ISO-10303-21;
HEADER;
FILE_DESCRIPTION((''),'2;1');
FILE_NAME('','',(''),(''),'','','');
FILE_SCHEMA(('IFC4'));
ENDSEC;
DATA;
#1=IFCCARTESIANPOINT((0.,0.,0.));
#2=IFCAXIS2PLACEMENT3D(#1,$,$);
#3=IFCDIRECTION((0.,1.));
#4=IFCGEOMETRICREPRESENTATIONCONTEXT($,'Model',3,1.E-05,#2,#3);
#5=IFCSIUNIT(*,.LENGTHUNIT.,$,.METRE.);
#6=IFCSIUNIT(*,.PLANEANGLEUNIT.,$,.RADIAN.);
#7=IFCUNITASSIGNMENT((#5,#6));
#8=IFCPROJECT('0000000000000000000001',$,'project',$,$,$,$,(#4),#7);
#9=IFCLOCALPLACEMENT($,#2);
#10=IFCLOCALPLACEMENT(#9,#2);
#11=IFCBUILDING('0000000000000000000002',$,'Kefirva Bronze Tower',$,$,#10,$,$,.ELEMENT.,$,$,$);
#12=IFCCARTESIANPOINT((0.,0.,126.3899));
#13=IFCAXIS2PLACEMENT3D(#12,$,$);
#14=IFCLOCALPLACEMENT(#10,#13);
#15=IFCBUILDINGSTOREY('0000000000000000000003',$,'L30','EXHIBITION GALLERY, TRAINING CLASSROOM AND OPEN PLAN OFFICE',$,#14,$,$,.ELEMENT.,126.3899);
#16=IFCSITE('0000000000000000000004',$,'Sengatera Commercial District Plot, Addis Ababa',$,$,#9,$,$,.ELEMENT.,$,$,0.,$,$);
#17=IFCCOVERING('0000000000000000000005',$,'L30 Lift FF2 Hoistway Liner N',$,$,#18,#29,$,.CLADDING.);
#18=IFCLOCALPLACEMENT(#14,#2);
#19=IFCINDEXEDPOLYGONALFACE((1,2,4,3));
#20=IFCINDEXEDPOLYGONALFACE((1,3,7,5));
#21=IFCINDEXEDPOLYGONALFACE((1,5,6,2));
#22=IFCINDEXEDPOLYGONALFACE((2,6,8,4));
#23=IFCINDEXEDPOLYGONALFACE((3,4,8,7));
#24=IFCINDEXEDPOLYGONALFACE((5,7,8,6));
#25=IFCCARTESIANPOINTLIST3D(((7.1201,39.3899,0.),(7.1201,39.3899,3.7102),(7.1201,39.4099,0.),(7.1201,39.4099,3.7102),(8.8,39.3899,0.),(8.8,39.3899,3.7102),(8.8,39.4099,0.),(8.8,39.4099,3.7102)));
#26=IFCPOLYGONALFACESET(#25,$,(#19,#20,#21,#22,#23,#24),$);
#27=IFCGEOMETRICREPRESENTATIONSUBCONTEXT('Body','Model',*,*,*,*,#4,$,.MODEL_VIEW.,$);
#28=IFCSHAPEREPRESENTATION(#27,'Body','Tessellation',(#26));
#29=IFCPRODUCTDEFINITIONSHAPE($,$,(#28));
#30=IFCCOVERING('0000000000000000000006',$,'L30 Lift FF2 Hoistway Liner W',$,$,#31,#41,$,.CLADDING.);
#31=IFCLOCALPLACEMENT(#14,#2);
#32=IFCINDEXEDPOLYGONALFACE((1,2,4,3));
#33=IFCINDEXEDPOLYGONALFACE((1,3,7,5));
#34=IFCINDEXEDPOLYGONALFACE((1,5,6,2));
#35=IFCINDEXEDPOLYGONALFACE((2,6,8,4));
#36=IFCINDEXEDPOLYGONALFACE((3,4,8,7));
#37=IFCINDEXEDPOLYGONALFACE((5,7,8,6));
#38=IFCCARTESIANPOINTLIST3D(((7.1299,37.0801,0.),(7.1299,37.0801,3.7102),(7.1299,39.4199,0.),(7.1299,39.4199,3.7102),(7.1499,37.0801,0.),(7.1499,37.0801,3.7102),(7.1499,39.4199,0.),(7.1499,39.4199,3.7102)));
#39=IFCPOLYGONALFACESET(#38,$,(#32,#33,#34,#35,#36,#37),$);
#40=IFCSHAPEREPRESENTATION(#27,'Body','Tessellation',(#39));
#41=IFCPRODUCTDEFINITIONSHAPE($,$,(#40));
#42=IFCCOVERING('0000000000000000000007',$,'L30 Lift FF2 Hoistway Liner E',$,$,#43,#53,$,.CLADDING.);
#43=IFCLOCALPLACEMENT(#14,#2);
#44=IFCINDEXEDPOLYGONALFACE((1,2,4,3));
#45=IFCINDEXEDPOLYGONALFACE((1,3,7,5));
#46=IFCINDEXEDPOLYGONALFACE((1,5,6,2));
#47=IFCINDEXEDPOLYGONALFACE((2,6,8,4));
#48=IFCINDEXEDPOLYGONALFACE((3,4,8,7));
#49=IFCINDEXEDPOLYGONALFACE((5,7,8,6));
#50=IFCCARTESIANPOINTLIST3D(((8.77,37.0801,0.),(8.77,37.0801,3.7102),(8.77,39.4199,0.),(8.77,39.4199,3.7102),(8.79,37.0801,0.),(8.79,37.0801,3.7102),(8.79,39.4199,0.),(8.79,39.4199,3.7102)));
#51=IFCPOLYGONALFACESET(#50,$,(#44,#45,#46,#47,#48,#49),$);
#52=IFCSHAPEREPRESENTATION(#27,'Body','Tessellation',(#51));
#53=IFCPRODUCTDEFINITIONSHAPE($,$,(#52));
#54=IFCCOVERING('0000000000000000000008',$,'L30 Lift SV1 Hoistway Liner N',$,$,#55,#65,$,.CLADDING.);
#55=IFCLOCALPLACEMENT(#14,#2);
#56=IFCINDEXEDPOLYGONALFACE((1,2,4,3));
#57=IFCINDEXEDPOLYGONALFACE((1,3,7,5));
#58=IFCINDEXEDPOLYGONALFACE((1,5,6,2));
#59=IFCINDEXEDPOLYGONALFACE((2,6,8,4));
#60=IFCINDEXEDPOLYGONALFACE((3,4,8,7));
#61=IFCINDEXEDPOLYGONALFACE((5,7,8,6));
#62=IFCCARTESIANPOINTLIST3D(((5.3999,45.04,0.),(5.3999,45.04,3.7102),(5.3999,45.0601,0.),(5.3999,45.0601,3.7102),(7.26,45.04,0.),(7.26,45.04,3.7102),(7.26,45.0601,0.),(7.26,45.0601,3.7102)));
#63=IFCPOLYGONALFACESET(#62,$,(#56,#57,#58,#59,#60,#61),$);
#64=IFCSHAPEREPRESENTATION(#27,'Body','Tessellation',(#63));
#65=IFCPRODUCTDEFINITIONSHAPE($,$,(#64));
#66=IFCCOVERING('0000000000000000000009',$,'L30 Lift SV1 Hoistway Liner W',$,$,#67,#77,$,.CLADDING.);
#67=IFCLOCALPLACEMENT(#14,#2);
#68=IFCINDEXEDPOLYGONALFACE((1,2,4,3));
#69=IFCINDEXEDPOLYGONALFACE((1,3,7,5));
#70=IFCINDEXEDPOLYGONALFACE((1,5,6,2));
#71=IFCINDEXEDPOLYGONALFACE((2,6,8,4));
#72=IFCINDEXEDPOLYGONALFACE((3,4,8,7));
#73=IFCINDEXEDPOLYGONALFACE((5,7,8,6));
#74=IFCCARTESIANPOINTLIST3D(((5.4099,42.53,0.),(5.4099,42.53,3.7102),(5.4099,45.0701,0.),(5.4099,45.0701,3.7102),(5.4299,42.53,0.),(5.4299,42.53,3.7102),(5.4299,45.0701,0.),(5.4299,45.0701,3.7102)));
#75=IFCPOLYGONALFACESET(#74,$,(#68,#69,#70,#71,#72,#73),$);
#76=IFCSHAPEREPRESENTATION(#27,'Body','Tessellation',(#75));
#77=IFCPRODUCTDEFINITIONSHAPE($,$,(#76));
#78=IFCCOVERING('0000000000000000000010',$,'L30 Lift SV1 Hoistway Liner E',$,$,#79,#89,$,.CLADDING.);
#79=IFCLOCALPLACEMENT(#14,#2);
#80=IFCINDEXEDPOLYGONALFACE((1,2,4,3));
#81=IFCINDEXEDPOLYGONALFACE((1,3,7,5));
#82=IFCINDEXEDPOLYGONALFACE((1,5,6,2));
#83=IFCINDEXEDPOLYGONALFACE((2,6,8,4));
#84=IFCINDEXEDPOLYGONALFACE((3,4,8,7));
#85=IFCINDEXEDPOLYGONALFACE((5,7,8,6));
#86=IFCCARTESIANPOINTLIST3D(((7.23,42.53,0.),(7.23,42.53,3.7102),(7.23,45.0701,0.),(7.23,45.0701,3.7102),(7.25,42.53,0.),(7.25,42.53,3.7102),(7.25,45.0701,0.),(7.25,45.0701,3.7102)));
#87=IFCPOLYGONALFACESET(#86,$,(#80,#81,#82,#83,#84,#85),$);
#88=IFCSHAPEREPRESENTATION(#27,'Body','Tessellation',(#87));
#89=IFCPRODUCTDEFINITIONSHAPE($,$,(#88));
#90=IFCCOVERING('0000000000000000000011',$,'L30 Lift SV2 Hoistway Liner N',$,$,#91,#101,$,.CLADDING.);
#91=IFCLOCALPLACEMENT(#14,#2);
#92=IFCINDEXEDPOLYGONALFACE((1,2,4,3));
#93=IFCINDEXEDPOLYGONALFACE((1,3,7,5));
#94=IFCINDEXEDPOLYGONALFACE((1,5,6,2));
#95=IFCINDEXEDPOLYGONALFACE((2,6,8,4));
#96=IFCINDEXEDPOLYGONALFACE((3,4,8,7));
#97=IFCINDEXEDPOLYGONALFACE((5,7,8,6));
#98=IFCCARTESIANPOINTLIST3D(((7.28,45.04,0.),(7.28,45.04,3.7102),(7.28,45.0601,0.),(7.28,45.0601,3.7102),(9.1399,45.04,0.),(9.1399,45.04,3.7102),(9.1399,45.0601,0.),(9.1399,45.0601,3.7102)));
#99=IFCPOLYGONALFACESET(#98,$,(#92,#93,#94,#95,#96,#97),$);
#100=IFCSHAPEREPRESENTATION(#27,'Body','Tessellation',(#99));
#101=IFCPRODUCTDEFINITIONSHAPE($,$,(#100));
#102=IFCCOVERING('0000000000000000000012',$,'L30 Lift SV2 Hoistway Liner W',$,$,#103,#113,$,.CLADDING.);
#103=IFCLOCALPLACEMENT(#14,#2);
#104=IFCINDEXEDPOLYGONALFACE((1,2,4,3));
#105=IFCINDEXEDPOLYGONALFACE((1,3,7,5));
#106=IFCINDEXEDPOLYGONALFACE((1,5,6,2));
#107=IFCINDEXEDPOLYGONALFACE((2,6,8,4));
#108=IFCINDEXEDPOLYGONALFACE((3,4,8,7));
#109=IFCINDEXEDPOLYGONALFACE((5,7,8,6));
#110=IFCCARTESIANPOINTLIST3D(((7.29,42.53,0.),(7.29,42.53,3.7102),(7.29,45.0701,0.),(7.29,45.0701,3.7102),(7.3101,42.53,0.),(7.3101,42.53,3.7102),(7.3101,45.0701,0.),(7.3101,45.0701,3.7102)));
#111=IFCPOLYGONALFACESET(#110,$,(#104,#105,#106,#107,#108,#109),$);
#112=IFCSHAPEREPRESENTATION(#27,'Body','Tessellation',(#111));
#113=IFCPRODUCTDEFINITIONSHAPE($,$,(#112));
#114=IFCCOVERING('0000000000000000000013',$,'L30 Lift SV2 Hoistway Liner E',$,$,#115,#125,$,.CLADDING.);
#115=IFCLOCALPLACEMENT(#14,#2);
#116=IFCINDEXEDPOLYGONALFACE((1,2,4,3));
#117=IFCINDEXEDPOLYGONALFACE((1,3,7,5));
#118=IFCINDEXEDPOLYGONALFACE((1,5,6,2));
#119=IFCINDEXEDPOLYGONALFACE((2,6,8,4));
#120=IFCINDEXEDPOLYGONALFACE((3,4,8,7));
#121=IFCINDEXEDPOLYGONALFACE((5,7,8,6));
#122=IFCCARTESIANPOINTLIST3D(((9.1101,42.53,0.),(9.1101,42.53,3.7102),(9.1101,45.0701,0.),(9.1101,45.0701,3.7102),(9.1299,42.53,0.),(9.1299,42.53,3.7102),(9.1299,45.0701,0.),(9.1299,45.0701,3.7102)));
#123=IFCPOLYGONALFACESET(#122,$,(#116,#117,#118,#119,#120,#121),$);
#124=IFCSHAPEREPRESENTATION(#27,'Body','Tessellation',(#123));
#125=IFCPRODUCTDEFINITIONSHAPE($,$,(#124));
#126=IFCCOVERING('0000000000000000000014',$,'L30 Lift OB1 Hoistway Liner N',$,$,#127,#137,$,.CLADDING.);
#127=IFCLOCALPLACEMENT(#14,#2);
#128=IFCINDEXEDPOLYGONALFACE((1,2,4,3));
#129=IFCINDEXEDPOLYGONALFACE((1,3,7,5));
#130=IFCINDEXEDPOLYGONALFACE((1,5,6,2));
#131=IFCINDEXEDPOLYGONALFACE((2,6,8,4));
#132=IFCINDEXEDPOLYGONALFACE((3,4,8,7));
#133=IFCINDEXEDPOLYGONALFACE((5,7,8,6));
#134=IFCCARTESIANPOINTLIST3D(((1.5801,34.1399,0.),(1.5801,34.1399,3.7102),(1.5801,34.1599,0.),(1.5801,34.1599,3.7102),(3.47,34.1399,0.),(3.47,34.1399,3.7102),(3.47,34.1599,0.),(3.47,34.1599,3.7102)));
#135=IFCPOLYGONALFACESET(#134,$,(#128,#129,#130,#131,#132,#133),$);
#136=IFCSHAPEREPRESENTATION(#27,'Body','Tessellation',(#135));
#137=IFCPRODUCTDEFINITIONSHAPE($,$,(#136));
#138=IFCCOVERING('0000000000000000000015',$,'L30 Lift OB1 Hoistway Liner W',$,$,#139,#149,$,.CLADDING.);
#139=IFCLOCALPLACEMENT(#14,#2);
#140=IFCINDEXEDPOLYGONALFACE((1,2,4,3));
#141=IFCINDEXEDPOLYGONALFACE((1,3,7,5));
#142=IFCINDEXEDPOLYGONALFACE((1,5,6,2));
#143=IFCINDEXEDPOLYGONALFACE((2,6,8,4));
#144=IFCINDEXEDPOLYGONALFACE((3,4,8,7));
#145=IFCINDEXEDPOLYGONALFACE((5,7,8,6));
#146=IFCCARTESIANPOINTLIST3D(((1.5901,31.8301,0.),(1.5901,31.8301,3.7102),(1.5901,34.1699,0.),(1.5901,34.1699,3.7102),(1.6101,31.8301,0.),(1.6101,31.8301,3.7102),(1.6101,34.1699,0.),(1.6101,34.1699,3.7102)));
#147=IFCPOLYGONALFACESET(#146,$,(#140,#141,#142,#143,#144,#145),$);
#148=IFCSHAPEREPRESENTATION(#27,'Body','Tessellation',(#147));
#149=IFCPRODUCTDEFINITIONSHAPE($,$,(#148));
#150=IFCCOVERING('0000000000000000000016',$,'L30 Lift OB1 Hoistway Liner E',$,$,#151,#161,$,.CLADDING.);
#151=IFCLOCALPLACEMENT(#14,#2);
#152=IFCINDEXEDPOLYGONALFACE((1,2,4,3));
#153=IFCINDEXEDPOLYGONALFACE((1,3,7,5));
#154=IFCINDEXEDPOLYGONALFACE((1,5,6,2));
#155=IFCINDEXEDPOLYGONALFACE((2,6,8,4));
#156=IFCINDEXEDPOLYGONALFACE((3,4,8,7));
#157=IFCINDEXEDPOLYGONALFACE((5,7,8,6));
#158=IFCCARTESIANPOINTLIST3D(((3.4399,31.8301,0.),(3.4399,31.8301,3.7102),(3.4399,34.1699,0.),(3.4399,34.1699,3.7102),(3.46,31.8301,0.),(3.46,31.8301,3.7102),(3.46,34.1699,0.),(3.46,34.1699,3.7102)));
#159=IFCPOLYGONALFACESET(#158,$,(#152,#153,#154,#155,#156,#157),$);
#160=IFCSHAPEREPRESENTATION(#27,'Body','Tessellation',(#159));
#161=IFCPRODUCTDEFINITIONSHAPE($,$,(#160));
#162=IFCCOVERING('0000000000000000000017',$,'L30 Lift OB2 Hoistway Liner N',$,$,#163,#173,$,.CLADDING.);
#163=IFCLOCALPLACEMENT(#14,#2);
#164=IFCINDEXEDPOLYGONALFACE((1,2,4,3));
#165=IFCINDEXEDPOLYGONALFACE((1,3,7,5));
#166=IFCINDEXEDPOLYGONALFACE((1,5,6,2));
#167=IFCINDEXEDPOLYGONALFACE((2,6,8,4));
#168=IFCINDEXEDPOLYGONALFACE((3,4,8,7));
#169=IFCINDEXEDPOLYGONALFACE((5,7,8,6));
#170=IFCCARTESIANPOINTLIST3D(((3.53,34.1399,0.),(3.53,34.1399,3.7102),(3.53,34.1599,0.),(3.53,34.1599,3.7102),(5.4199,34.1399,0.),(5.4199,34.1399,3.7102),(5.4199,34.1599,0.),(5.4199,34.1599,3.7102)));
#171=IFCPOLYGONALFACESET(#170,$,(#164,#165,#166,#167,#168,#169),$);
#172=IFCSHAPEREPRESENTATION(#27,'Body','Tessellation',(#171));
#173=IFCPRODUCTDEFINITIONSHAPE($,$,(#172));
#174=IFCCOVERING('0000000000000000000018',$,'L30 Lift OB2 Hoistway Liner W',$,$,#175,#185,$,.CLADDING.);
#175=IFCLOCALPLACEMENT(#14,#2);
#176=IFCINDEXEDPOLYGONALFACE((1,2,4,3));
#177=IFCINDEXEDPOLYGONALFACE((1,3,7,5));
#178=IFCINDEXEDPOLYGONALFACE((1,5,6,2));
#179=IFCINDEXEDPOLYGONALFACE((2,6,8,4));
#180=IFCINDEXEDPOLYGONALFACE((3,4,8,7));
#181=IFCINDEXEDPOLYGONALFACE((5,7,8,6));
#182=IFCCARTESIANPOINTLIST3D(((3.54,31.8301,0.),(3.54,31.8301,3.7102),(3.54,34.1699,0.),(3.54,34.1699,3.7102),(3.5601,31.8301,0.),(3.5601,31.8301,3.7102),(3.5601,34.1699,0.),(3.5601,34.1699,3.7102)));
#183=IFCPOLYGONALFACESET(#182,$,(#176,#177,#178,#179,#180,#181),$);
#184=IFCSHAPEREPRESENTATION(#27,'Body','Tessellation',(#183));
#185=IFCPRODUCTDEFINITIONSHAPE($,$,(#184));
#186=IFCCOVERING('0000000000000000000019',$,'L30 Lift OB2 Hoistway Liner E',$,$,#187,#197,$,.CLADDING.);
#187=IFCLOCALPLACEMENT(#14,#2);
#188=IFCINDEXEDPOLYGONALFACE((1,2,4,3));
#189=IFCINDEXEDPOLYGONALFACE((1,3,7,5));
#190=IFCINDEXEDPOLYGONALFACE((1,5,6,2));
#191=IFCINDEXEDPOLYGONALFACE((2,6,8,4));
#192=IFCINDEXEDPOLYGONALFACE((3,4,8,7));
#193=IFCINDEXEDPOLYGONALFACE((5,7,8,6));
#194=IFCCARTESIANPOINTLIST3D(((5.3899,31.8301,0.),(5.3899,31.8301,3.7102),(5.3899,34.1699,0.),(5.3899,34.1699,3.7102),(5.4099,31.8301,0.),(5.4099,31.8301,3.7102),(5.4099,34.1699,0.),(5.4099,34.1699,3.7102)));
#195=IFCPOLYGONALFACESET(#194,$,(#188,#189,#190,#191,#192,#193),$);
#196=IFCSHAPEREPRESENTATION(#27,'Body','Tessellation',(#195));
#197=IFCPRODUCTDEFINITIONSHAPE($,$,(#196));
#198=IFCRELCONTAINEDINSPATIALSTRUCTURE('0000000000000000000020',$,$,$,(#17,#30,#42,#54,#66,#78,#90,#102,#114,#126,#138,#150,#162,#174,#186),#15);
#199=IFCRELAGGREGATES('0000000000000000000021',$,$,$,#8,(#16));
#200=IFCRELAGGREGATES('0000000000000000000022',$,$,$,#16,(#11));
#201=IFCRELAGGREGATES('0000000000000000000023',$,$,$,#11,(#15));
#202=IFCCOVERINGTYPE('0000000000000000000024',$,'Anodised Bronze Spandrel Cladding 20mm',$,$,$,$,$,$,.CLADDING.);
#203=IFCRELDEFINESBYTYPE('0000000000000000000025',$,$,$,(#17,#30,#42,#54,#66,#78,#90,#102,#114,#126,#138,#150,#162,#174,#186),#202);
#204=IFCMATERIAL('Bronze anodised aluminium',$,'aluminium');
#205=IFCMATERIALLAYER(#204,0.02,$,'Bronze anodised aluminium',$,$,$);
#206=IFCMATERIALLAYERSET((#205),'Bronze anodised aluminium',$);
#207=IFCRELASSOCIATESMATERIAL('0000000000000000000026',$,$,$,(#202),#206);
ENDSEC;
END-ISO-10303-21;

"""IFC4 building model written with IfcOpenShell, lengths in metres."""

from ifc_helpers import new_model, si_unit, direction, frame, origin, place, context, subcontext, project, spatial, polyline, outline, extrude, material, layer, layer_set, type_object, element, save


model = new_model("IFC4")

# Units and contexts
model_context = context("Model", 3, precision=1e-05, world=origin(), true_north=direction((0.0, 1.0)))
body_context = subcontext(model_context, "Body", "Model", "MODEL_VIEW")
ifc_project = project(units=[si_unit("LENGTHUNIT", "METRE"), si_unit("PLANEANGLEUNIT", "RADIAN")], contexts=[model_context])

# Site, building, storey
site_placement = place(None, origin())
site = spatial("IfcSite", under=ifc_project, at=site_placement, Name="Sengatera Commercial District Plot, Addis Ababa", CompositionType="ELEMENT", RefElevation=0.0)
building_placement = place(site_placement, origin())
building = spatial("IfcBuilding", under=site, at=building_placement, Name="Kefirva Bronze Tower", CompositionType="ELEMENT")
storey_placement = place(building_placement, frame((0.0, 0.0, 126.3899)))
storey = spatial("IfcBuildingStorey", under=building, at=storey_placement, Name="L30", Description="EXHIBITION GALLERY, TRAINING CLASSROOM AND OPEN PLAN OFFICE", CompositionType="ELEMENT", Elevation=126.3899)

# Coverings
ifc_material_1 = material(Name="Bronze anodised aluminium", Category="aluminium")
ifc_layer_1 = layer(ifc_material_1, 0.02, Name="Bronze anodised aluminium")
ifc_layer_set_1 = layer_set([ifc_layer_1], Name="Bronze anodised aluminium")
covering_type = type_object("IfcCoveringType", Name="Anodised Bronze Spandrel Cladding 20mm", PredefinedType="CLADDING", material=ifc_layer_set_1)
covering_1_placement = place(storey_placement, origin())
element("IfcCovering", 1, at=covering_1_placement, inside=storey, type_object=covering_type, Name="L30 Lift FF2 Hoistway Liner N", PredefinedType="CLADDING", context=body_context, shape_type="SweptSolid", body=[
    extrude(outline(polyline([(7.1201, 39.3899), (8.8, 39.3899), (8.8, 39.4099), (7.1201, 39.4099), (7.1201, 39.3899)])), origin(), (0.0, 0.0, 1.0), 3.7102),
])
covering_2_placement = place(storey_placement, origin())
element("IfcCovering", 2, at=covering_2_placement, inside=storey, type_object=covering_type, Name="L30 Lift FF2 Hoistway Liner W", PredefinedType="CLADDING", context=body_context, shape_type="SweptSolid", body=[
    extrude(outline(polyline([(7.1299, 37.0801), (7.1499, 37.0801), (7.1499, 39.4199), (7.1299, 39.4199), (7.1299, 37.0801)])), origin(), (0.0, 0.0, 1.0), 3.7102),
])
covering_3_placement = place(storey_placement, origin())
element("IfcCovering", 3, at=covering_3_placement, inside=storey, type_object=covering_type, Name="L30 Lift FF2 Hoistway Liner E", PredefinedType="CLADDING", context=body_context, shape_type="SweptSolid", body=[
    extrude(outline(polyline([(8.77, 37.0801), (8.79, 37.0801), (8.79, 39.4199), (8.77, 39.4199), (8.77, 37.0801)])), origin(), (0.0, 0.0, 1.0), 3.7102),
])
covering_4_placement = place(storey_placement, origin())
element("IfcCovering", 4, at=covering_4_placement, inside=storey, type_object=covering_type, Name="L30 Lift SV1 Hoistway Liner N", PredefinedType="CLADDING", context=body_context, shape_type="SweptSolid", body=[
    extrude(outline(polyline([(5.3999, 45.04), (7.26, 45.04), (7.26, 45.0601), (5.3999, 45.0601), (5.3999, 45.04)])), origin(), (0.0, 0.0, 1.0), 3.7102),
])
covering_5_placement = place(storey_placement, origin())
element("IfcCovering", 5, at=covering_5_placement, inside=storey, type_object=covering_type, Name="L30 Lift SV1 Hoistway Liner W", PredefinedType="CLADDING", context=body_context, shape_type="SweptSolid", body=[
    extrude(outline(polyline([(5.4099, 42.53), (5.4299, 42.53), (5.4299, 45.0701), (5.4099, 45.0701), (5.4099, 42.53)])), origin(), (0.0, 0.0, 1.0), 3.7102),
])
covering_6_placement = place(storey_placement, origin())
element("IfcCovering", 6, at=covering_6_placement, inside=storey, type_object=covering_type, Name="L30 Lift SV1 Hoistway Liner E", PredefinedType="CLADDING", context=body_context, shape_type="SweptSolid", body=[
    extrude(outline(polyline([(7.23, 42.53), (7.25, 42.53), (7.25, 45.0701), (7.23, 45.0701), (7.23, 42.53)])), origin(), (0.0, 0.0, 1.0), 3.7102),
])
covering_7_placement = place(storey_placement, origin())
element("IfcCovering", 7, at=covering_7_placement, inside=storey, type_object=covering_type, Name="L30 Lift SV2 Hoistway Liner N", PredefinedType="CLADDING", context=body_context, shape_type="SweptSolid", body=[
    extrude(outline(polyline([(7.28, 45.04), (9.1399, 45.04), (9.1399, 45.0601), (7.28, 45.0601), (7.28, 45.04)])), origin(), (0.0, 0.0, 1.0), 3.7102),
])
covering_8_placement = place(storey_placement, origin())
element("IfcCovering", 8, at=covering_8_placement, inside=storey, type_object=covering_type, Name="L30 Lift SV2 Hoistway Liner W", PredefinedType="CLADDING", context=body_context, shape_type="SweptSolid", body=[
    extrude(outline(polyline([(7.29, 42.53), (7.3101, 42.53), (7.3101, 45.0701), (7.29, 45.0701), (7.29, 42.53)])), origin(), (0.0, 0.0, 1.0), 3.7102),
])
covering_9_placement = place(storey_placement, origin())
element("IfcCovering", 9, at=covering_9_placement, inside=storey, type_object=covering_type, Name="L30 Lift SV2 Hoistway Liner E", PredefinedType="CLADDING", context=body_context, shape_type="SweptSolid", body=[
    extrude(outline(polyline([(9.1101, 42.53), (9.1299, 42.53), (9.1299, 45.0701), (9.1101, 45.0701), (9.1101, 42.53)])), origin(), (0.0, 0.0, 1.0), 3.7102),
])
covering_10_placement = place(storey_placement, origin())
element("IfcCovering", 10, at=covering_10_placement, inside=storey, type_object=covering_type, Name="L30 Lift OB1 Hoistway Liner N", PredefinedType="CLADDING", context=body_context, shape_type="SweptSolid", body=[
    extrude(outline(polyline([(1.5801, 34.1399), (3.47, 34.1399), (3.47, 34.1599), (1.5801, 34.1599), (1.5801, 34.1399)])), origin(), (0.0, 0.0, 1.0), 3.7102),
])
covering_11_placement = place(storey_placement, origin())
element("IfcCovering", 11, at=covering_11_placement, inside=storey, type_object=covering_type, Name="L30 Lift OB1 Hoistway Liner W", PredefinedType="CLADDING", context=body_context, shape_type="SweptSolid", body=[
    extrude(outline(polyline([(1.5901, 31.8301), (1.6101, 31.8301), (1.6101, 34.1699), (1.5901, 34.1699), (1.5901, 31.8301)])), origin(), (0.0, 0.0, 1.0), 3.7102),
])
covering_12_placement = place(storey_placement, origin())
element("IfcCovering", 12, at=covering_12_placement, inside=storey, type_object=covering_type, Name="L30 Lift OB1 Hoistway Liner E", PredefinedType="CLADDING", context=body_context, shape_type="SweptSolid", body=[
    extrude(outline(polyline([(3.4399, 31.8301), (3.46, 31.8301), (3.46, 34.1699), (3.4399, 34.1699), (3.4399, 31.8301)])), origin(), (0.0, 0.0, 1.0), 3.7102),
])
covering_13_placement = place(storey_placement, origin())
element("IfcCovering", 13, at=covering_13_placement, inside=storey, type_object=covering_type, Name="L30 Lift OB2 Hoistway Liner N", PredefinedType="CLADDING", context=body_context, shape_type="SweptSolid", body=[
    extrude(outline(polyline([(3.53, 34.1399), (5.4199, 34.1399), (5.4199, 34.1599), (3.53, 34.1599), (3.53, 34.1399)])), origin(), (0.0, 0.0, 1.0), 3.7102),
])
covering_14_placement = place(storey_placement, origin())
element("IfcCovering", 14, at=covering_14_placement, inside=storey, type_object=covering_type, Name="L30 Lift OB2 Hoistway Liner W", PredefinedType="CLADDING", context=body_context, shape_type="SweptSolid", body=[
    extrude(outline(polyline([(3.54, 31.8301), (3.5601, 31.8301), (3.5601, 34.1699), (3.54, 34.1699), (3.54, 31.8301)])), origin(), (0.0, 0.0, 1.0), 3.7102),
])
covering_15_placement = place(storey_placement, origin())
element("IfcCovering", 15, at=covering_15_placement, inside=storey, type_object=covering_type, Name="L30 Lift OB2 Hoistway Liner E", PredefinedType="CLADDING", context=body_context, shape_type="SweptSolid", body=[
    extrude(outline(polyline([(5.3899, 31.8301), (5.4099, 31.8301), (5.4099, 34.1699), (5.3899, 34.1699), (5.3899, 31.8301)])), origin(), (0.0, 0.0, 1.0), 3.7102),
])

save(model, "model.ifc")
